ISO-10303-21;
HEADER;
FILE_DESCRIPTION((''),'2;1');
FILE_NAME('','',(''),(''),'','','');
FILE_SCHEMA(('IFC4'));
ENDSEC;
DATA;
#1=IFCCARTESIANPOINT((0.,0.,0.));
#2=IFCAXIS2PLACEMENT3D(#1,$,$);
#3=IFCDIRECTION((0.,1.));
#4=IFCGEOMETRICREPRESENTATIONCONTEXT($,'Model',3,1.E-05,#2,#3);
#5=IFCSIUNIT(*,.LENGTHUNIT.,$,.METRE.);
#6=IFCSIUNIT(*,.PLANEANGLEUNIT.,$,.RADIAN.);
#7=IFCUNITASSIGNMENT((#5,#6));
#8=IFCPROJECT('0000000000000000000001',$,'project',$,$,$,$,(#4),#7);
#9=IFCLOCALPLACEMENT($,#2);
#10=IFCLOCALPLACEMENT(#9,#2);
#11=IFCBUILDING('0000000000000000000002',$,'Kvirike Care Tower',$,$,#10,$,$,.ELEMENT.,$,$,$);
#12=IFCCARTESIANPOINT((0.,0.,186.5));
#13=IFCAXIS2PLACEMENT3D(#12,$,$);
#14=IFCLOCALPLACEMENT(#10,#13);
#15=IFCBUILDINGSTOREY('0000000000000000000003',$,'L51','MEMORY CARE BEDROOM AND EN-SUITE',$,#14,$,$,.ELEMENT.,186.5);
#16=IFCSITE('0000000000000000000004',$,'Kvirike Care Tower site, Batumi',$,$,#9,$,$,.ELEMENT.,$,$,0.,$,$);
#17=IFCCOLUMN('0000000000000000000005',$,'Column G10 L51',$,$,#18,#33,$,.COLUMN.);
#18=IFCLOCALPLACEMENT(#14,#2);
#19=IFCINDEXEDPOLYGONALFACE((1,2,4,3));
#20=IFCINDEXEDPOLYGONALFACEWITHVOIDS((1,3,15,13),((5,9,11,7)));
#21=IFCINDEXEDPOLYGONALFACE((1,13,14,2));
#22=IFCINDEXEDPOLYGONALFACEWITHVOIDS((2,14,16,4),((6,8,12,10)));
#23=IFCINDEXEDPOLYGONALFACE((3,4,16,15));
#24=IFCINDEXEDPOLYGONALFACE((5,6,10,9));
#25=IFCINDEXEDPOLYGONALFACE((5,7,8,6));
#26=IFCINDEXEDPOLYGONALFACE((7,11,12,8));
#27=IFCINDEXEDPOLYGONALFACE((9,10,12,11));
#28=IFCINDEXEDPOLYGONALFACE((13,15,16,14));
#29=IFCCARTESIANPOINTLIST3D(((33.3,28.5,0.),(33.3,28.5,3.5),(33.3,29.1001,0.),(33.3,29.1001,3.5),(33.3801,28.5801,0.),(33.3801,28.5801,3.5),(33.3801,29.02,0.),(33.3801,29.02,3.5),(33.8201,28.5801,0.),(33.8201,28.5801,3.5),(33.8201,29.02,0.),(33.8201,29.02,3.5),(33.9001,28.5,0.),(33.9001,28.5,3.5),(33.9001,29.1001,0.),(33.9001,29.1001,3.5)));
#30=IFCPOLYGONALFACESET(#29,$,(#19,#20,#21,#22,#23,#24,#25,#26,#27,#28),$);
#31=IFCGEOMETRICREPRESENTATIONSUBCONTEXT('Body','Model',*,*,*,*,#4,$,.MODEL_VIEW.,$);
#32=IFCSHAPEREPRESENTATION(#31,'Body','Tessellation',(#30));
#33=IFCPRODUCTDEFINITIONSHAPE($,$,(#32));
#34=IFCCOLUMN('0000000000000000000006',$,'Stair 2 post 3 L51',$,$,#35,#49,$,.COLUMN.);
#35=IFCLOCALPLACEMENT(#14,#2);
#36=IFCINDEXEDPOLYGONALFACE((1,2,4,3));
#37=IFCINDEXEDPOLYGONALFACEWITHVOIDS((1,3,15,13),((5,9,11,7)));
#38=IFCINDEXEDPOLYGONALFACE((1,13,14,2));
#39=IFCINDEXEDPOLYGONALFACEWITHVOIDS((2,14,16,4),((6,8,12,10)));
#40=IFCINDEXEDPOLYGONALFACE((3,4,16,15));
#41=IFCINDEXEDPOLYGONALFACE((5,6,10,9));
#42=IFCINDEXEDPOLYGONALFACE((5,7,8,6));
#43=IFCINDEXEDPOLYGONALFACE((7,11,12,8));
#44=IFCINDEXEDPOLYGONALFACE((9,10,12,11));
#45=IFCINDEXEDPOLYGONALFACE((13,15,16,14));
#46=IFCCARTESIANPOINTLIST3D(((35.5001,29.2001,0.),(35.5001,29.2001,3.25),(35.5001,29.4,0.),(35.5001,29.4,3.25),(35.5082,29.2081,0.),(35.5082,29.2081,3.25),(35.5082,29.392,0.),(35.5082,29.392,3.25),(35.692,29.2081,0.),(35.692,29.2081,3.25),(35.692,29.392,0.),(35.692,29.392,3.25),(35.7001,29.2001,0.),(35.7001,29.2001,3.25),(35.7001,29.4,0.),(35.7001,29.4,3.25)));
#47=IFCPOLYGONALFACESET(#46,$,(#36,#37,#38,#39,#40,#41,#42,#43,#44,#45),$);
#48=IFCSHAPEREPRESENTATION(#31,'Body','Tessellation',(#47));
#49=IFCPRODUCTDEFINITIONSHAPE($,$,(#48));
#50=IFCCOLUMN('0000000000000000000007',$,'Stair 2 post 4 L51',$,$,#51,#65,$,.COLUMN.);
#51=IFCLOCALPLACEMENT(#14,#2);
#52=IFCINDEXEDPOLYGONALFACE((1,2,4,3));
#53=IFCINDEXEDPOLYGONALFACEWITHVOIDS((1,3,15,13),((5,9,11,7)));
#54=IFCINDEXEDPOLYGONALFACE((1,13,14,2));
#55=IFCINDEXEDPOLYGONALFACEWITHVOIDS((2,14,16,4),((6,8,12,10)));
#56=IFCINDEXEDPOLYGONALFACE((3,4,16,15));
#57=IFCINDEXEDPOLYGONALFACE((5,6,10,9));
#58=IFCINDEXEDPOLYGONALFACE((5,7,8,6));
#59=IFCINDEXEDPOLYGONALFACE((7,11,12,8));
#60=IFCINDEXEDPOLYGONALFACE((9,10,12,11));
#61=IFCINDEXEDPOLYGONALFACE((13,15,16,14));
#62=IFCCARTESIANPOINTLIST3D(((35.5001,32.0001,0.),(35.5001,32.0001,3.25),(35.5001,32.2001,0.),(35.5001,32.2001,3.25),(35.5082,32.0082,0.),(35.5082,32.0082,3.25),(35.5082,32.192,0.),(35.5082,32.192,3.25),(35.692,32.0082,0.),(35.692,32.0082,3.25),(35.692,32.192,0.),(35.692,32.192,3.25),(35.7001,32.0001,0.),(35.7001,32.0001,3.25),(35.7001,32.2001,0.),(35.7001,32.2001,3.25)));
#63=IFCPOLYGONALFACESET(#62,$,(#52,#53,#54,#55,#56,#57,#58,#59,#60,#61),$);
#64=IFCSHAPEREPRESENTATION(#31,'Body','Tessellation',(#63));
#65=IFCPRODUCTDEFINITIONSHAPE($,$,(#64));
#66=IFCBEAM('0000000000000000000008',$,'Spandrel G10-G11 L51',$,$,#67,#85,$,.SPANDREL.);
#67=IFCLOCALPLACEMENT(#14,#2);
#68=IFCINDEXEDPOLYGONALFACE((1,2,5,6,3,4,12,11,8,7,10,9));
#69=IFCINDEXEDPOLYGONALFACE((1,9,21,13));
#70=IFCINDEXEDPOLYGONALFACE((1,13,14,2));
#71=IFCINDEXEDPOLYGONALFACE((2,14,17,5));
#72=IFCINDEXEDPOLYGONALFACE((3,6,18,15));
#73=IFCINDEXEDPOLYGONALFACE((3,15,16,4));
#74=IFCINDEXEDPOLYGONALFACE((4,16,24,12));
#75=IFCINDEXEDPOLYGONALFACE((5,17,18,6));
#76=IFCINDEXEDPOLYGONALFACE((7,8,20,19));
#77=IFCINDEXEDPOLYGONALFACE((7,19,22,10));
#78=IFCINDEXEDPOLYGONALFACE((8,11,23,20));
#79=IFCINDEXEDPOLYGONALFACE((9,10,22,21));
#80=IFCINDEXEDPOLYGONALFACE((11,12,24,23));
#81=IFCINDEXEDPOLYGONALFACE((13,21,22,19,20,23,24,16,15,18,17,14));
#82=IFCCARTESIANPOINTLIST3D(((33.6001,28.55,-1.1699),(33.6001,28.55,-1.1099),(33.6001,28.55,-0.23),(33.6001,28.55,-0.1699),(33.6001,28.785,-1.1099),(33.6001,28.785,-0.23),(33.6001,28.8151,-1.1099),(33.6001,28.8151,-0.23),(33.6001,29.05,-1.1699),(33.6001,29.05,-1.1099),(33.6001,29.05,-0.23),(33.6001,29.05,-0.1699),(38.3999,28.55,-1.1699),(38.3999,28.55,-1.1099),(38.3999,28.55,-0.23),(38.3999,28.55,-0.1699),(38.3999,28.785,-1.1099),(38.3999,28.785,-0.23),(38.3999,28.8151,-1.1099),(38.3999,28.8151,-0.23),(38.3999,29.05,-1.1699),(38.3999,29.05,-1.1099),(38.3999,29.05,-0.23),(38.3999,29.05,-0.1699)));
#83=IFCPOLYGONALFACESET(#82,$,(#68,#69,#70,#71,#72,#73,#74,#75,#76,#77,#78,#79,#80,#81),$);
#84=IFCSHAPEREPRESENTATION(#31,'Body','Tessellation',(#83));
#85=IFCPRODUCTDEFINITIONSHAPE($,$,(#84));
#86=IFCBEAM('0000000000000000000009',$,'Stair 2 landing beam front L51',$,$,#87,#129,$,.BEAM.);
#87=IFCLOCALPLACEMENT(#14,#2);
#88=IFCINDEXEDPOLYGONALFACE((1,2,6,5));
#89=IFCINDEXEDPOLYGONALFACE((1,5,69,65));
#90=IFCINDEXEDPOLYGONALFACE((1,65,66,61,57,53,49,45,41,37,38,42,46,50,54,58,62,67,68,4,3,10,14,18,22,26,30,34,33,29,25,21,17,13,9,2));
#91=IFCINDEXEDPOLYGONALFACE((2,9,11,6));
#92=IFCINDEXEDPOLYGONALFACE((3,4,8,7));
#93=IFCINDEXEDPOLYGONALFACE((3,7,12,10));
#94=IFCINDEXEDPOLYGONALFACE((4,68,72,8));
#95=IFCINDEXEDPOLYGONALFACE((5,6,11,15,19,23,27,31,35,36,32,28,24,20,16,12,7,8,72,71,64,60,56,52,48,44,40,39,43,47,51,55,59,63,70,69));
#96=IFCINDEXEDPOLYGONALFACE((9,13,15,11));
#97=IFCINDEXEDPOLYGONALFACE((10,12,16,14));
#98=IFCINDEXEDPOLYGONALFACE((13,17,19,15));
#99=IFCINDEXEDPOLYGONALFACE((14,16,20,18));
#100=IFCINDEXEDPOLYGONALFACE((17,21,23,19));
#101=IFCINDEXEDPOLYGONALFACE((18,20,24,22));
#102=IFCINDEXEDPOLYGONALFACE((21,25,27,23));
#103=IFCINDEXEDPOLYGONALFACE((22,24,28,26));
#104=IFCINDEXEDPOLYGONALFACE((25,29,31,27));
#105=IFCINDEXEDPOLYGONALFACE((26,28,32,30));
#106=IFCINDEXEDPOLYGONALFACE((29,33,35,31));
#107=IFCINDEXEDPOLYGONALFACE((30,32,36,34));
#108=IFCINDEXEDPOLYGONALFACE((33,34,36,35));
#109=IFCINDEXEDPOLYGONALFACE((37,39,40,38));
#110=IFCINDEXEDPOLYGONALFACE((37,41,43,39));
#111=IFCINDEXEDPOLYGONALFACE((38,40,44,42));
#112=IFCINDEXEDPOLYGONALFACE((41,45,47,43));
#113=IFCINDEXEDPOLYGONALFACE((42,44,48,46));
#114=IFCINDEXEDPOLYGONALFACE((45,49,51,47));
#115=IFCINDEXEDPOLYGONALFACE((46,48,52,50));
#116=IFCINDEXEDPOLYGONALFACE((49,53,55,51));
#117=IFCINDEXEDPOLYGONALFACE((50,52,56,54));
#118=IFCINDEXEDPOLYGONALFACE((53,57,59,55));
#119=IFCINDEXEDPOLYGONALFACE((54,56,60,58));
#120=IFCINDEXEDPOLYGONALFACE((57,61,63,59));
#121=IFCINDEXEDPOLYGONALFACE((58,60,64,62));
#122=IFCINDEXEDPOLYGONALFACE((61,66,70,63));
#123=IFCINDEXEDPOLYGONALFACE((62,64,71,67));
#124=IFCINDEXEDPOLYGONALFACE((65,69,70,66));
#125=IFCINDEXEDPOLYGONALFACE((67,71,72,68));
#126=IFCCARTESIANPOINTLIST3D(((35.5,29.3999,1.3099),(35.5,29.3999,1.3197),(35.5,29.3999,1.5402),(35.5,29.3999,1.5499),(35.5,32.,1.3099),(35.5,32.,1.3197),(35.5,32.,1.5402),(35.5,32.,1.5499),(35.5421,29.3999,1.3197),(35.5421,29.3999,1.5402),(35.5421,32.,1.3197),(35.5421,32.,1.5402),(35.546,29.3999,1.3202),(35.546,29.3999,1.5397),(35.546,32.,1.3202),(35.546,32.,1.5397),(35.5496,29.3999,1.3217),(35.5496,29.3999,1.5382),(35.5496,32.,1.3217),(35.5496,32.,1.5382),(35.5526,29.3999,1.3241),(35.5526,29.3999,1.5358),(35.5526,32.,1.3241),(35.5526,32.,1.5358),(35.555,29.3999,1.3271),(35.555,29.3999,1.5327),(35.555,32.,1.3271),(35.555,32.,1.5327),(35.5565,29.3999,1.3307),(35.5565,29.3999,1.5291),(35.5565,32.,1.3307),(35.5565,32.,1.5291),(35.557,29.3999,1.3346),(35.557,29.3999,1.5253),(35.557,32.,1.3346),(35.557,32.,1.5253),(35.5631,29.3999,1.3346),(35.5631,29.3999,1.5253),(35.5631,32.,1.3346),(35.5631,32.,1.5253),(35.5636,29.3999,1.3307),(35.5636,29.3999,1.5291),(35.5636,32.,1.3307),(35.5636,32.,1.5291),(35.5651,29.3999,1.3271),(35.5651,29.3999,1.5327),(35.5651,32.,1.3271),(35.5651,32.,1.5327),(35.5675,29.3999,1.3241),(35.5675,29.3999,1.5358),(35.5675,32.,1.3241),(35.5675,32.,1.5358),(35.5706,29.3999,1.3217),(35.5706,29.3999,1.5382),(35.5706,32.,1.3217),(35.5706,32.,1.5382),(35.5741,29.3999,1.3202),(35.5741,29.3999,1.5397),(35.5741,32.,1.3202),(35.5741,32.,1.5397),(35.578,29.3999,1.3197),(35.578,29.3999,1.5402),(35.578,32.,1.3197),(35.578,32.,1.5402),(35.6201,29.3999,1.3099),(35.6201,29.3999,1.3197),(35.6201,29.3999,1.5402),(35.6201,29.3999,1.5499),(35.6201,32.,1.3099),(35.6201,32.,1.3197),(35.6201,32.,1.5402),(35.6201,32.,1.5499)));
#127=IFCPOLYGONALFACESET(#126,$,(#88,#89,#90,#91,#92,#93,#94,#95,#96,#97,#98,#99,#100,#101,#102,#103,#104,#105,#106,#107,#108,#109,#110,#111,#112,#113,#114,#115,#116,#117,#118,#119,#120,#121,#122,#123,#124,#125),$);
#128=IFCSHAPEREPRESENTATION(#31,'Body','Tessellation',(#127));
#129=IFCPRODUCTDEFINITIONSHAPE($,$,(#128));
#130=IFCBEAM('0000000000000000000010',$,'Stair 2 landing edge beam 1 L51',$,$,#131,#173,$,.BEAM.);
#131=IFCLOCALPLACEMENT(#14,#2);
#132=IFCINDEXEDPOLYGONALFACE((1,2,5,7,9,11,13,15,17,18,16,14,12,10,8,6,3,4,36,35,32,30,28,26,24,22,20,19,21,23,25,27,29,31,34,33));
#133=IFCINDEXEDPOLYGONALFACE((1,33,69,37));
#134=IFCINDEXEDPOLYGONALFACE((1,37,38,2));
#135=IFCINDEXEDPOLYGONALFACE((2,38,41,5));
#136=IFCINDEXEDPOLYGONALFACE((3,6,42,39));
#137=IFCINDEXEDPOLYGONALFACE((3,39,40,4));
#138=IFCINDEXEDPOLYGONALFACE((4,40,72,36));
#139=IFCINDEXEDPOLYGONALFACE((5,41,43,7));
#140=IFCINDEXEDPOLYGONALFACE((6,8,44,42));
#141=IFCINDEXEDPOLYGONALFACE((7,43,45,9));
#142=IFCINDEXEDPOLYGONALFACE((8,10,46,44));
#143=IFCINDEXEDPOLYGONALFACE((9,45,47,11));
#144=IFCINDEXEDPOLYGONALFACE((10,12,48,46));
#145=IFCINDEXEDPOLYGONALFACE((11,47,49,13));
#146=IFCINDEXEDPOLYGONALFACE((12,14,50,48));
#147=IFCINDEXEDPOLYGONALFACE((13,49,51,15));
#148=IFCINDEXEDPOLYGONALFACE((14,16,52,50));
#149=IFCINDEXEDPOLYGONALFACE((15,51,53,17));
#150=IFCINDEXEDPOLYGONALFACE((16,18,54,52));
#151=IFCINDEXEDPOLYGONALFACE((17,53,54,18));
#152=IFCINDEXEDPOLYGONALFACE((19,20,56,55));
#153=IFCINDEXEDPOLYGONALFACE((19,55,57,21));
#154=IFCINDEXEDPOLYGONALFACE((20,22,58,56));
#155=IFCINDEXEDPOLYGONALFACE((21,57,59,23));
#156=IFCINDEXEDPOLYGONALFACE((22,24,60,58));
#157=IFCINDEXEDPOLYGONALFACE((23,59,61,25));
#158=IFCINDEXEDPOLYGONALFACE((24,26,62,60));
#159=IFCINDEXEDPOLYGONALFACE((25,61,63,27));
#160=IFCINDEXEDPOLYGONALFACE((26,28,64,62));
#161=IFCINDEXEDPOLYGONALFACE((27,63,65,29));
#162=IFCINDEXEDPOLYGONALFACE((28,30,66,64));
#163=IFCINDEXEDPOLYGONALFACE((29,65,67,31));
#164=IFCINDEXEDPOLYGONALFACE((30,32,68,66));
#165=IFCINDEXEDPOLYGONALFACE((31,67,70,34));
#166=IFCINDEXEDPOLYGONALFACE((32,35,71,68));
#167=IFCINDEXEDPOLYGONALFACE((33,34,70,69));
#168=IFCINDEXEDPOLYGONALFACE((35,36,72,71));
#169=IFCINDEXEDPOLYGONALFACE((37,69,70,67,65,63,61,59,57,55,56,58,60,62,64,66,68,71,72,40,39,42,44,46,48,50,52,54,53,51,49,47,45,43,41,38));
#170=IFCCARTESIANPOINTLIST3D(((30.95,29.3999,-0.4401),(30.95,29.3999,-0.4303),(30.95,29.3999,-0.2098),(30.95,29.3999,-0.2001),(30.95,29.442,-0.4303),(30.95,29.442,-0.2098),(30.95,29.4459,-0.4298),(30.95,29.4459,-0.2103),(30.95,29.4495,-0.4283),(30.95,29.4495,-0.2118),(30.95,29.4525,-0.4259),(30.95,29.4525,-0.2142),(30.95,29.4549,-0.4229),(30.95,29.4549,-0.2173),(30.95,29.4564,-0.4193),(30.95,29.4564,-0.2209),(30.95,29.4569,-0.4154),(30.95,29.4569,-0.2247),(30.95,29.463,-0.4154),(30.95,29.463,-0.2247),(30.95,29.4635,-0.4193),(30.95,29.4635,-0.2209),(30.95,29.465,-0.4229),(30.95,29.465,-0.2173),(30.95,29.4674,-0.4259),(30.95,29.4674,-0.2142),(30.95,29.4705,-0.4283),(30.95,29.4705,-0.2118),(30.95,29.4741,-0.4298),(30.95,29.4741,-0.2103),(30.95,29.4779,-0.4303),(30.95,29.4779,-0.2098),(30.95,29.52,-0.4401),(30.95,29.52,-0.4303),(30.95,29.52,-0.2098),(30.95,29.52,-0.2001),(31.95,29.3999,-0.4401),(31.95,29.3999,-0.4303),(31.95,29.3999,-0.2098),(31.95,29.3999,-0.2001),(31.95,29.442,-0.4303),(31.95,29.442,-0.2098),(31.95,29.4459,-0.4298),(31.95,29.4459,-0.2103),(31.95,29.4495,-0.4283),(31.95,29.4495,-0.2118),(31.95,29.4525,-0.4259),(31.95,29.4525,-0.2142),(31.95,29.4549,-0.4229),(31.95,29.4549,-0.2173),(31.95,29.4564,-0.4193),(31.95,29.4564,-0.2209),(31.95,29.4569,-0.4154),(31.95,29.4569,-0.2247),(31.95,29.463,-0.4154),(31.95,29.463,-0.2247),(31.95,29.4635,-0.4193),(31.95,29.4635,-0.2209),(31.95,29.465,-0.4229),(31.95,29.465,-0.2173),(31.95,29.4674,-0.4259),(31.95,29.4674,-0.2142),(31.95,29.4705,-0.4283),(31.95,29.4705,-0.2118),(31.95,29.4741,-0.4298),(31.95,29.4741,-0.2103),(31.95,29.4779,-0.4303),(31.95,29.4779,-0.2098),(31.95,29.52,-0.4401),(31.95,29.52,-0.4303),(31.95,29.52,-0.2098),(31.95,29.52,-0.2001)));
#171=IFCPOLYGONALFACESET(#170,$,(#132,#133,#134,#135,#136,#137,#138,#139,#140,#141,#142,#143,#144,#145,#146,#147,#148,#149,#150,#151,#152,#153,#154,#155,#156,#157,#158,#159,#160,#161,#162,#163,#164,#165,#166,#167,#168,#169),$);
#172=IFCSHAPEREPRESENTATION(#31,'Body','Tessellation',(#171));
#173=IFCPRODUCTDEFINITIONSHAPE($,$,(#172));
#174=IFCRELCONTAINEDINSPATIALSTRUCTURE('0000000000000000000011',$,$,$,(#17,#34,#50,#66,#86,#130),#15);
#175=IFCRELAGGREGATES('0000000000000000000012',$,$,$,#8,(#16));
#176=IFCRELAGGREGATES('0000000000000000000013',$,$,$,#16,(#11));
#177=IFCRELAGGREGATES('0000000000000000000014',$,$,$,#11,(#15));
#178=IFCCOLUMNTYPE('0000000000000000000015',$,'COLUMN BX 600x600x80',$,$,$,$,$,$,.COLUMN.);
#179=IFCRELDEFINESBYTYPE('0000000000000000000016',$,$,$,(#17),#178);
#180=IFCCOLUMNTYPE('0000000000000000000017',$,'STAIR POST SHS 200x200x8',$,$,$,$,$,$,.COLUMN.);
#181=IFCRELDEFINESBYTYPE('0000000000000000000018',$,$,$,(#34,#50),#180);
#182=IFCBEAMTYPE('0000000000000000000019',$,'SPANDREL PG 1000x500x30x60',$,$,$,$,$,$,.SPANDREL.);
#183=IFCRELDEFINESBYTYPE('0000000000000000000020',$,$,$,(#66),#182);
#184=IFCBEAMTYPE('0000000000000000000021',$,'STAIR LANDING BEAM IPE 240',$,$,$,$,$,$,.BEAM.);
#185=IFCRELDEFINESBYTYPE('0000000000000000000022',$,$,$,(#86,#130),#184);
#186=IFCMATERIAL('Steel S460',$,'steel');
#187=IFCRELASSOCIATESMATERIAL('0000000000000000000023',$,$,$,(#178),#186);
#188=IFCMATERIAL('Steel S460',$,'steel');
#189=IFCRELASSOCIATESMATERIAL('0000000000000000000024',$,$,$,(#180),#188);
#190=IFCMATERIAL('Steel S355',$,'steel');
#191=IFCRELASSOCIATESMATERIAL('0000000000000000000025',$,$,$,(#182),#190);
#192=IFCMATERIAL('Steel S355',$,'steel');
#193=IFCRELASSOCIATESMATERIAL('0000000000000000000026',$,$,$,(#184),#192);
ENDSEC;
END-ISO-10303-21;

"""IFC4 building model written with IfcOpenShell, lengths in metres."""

from ifc_helpers import new_model, si_unit, direction, frame, origin, origin_2d, place, context, subcontext, project, spatial, hollow_rectangle, i_section, extrude, material, material_profile, profile_set, type_object, element, save


model = new_model("IFC4")

# Units and contexts
model_context = context("Model", 3, precision=1e-05, world=origin(), true_north=direction((0.0, 1.0)))
body_context = subcontext(model_context, "Body", "Model", "MODEL_VIEW")
ifc_project = project(units=[si_unit("LENGTHUNIT", "METRE"), si_unit("PLANEANGLEUNIT", "RADIAN")], contexts=[model_context])

# Site, building, storey
site_placement = place(None, origin())
site = spatial("IfcSite", under=ifc_project, at=site_placement, Name="Kvirike Care Tower site, Batumi", CompositionType="ELEMENT", RefElevation=0.0)
building_placement = place(site_placement, origin())
building = spatial("IfcBuilding", under=site, at=building_placement, Name="Kvirike Care Tower", CompositionType="ELEMENT")
storey_placement = place(building_placement, frame((0.0, 0.0, 186.5)))
storey = spatial("IfcBuildingStorey", under=building, at=storey_placement, Name="L51", Description="MEMORY CARE BEDROOM AND EN-SUITE", CompositionType="ELEMENT", Elevation=186.5)

# Columns
ifc_material_1 = material(Name="Steel S460", Category="steel")
ifc_material_profile_1 = material_profile(ifc_material_1, hollow_rectangle(XDim=0.6001, YDim=0.6001, WallThickness=0.0801, at=origin_2d()), Name="BX 600x600x80")
ifc_profile_set_1 = profile_set([ifc_material_profile_1], Name="Steel S460")
column_type_1 = type_object("IfcColumnType", Name="COLUMN BX 600x600x80", PredefinedType="COLUMN", material=ifc_profile_set_1)
column_placement = place(storey_placement, frame((33.6001, 28.8, 0.0), z_axis=(0.0, 0.0, 1.0), x_axis=(0.0, 1.0, 0.0)))
element("IfcColumn", 1, at=column_placement, inside=storey, type_object=column_type_1, Name="Column G10 L51", PredefinedType="COLUMN", context=body_context, shape_type="SweptSolid", body=[
    extrude(hollow_rectangle(XDim=0.6001, YDim=0.6001, WallThickness=0.0801, at=origin_2d()), origin(), (0.0, 0.0, 1.0), 3.5),
])
ifc_material_2 = material(Name="Steel S460", Category="steel")
ifc_material_profile_2 = material_profile(ifc_material_2, hollow_rectangle(XDim=0.2, YDim=0.2, WallThickness=0.0081, at=origin_2d()), Name="SHS 200x200x8")
ifc_profile_set_2 = profile_set([ifc_material_profile_2], Name="Steel S460")
column_type_2 = type_object("IfcColumnType", Name="STAIR POST SHS 200x200x8", PredefinedType="COLUMN", material=ifc_profile_set_2)
for number, where, z_axis, x_axis, name in (
    (2, (35.6001, 29.3, 0.0), (0.0, 0.0, 1.0), (1.0, 0.0, 0.0), "Stair 2 post 3 L51"),
    (3, (35.6001, 32.1001, 0.0), (0.0, 0.0, 1.0), (1.0, 0.0, 0.0), "Stair 2 post 4 L51"),
):
    element("IfcColumn", number, at=place(storey_placement, frame(where, z_axis=z_axis, x_axis=x_axis)), inside=storey, type_object=column_type_2, Name=name, PredefinedType="COLUMN", context=body_context, shape_type="SweptSolid", body=[
        extrude(hollow_rectangle(XDim=0.2, YDim=0.2, WallThickness=0.0081, at=origin_2d()), origin(), (0.0, 0.0, 1.0), 3.25),
    ])

# Beams
ifc_material_3 = material(Name="Steel S355", Category="steel")
ifc_material_profile_3 = material_profile(ifc_material_3, i_section(OverallWidth=0.5, OverallDepth=1.0, WebThickness=0.03, FlangeThickness=0.0601, at=origin_2d()), Name="PG 1000x500x30x60")
ifc_profile_set_3 = profile_set([ifc_material_profile_3], Name="Steel S355")
beam_type_1 = type_object("IfcBeamType", Name="SPANDREL PG 1000x500x30x60", PredefinedType="SPANDREL", material=ifc_profile_set_3)
beam_1_placement = place(storey_placement, frame((33.6001, 28.8, -0.6699), z_axis=(1.0, 0.0, 0.0), x_axis=(0.0, 1.0, 0.0)))
element("IfcBeam", 4, at=beam_1_placement, inside=storey, type_object=beam_type_1, Name="Spandrel G10-G11 L51", PredefinedType="SPANDREL", context=body_context, shape_type="SweptSolid", body=[
    extrude(i_section(OverallWidth=0.5, OverallDepth=1.0, WebThickness=0.03, FlangeThickness=0.0601, at=origin_2d()), origin(), (0.0, 0.0, 1.0), 4.7998),
])
ifc_material_4 = material(Name="Steel S355", Category="steel")
ifc_material_profile_4 = material_profile(ifc_material_4, i_section(OverallWidth=0.1201, OverallDepth=0.24, WebThickness=0.0061, FlangeThickness=0.0098, FilletRadius=0.0149, at=origin_2d()), Name="IPE 240")
ifc_profile_set_4 = profile_set([ifc_material_profile_4], Name="Steel S355")
beam_type_2 = type_object("IfcBeamType", Name="STAIR LANDING BEAM IPE 240", PredefinedType="BEAM", material=ifc_profile_set_4)
beam_2_placement = place(storey_placement, frame((35.5601, 29.3999, 1.4299), z_axis=(0.0, 1.0, 0.0), x_axis=(-1.0, 0.0, 0.0)))
element("IfcBeam", 5, at=beam_2_placement, inside=storey, type_object=beam_type_2, Name="Stair 2 landing beam front L51", PredefinedType="BEAM", context=body_context, shape_type="SweptSolid", body=[
    extrude(i_section(OverallWidth=0.1201, OverallDepth=0.24, WebThickness=0.0061, FlangeThickness=0.0098, FilletRadius=0.0149, at=origin_2d()), origin(), (0.0, 0.0, 1.0), 2.6001),
])
for number, where, z_axis, x_axis, name in (
    (6, (31.95, 29.46, -0.3201), (-1.0, 0.0, 0.0), (0.0, -1.0, 0.0), "Stair 2 landing edge beam 1 L51"),
):
    element("IfcBeam", number, at=place(storey_placement, frame(where, z_axis=z_axis, x_axis=x_axis)), inside=storey, type_object=beam_type_2, Name=name, PredefinedType="BEAM", context=body_context, shape_type="SweptSolid", body=[
        extrude(i_section(OverallWidth=0.1201, OverallDepth=0.24, WebThickness=0.0061, FlangeThickness=0.0098, FilletRadius=0.0149, at=origin_2d()), origin(), (0.0, 0.0, 1.0), 1.0),
    ])

save(model, "model.ifc")
